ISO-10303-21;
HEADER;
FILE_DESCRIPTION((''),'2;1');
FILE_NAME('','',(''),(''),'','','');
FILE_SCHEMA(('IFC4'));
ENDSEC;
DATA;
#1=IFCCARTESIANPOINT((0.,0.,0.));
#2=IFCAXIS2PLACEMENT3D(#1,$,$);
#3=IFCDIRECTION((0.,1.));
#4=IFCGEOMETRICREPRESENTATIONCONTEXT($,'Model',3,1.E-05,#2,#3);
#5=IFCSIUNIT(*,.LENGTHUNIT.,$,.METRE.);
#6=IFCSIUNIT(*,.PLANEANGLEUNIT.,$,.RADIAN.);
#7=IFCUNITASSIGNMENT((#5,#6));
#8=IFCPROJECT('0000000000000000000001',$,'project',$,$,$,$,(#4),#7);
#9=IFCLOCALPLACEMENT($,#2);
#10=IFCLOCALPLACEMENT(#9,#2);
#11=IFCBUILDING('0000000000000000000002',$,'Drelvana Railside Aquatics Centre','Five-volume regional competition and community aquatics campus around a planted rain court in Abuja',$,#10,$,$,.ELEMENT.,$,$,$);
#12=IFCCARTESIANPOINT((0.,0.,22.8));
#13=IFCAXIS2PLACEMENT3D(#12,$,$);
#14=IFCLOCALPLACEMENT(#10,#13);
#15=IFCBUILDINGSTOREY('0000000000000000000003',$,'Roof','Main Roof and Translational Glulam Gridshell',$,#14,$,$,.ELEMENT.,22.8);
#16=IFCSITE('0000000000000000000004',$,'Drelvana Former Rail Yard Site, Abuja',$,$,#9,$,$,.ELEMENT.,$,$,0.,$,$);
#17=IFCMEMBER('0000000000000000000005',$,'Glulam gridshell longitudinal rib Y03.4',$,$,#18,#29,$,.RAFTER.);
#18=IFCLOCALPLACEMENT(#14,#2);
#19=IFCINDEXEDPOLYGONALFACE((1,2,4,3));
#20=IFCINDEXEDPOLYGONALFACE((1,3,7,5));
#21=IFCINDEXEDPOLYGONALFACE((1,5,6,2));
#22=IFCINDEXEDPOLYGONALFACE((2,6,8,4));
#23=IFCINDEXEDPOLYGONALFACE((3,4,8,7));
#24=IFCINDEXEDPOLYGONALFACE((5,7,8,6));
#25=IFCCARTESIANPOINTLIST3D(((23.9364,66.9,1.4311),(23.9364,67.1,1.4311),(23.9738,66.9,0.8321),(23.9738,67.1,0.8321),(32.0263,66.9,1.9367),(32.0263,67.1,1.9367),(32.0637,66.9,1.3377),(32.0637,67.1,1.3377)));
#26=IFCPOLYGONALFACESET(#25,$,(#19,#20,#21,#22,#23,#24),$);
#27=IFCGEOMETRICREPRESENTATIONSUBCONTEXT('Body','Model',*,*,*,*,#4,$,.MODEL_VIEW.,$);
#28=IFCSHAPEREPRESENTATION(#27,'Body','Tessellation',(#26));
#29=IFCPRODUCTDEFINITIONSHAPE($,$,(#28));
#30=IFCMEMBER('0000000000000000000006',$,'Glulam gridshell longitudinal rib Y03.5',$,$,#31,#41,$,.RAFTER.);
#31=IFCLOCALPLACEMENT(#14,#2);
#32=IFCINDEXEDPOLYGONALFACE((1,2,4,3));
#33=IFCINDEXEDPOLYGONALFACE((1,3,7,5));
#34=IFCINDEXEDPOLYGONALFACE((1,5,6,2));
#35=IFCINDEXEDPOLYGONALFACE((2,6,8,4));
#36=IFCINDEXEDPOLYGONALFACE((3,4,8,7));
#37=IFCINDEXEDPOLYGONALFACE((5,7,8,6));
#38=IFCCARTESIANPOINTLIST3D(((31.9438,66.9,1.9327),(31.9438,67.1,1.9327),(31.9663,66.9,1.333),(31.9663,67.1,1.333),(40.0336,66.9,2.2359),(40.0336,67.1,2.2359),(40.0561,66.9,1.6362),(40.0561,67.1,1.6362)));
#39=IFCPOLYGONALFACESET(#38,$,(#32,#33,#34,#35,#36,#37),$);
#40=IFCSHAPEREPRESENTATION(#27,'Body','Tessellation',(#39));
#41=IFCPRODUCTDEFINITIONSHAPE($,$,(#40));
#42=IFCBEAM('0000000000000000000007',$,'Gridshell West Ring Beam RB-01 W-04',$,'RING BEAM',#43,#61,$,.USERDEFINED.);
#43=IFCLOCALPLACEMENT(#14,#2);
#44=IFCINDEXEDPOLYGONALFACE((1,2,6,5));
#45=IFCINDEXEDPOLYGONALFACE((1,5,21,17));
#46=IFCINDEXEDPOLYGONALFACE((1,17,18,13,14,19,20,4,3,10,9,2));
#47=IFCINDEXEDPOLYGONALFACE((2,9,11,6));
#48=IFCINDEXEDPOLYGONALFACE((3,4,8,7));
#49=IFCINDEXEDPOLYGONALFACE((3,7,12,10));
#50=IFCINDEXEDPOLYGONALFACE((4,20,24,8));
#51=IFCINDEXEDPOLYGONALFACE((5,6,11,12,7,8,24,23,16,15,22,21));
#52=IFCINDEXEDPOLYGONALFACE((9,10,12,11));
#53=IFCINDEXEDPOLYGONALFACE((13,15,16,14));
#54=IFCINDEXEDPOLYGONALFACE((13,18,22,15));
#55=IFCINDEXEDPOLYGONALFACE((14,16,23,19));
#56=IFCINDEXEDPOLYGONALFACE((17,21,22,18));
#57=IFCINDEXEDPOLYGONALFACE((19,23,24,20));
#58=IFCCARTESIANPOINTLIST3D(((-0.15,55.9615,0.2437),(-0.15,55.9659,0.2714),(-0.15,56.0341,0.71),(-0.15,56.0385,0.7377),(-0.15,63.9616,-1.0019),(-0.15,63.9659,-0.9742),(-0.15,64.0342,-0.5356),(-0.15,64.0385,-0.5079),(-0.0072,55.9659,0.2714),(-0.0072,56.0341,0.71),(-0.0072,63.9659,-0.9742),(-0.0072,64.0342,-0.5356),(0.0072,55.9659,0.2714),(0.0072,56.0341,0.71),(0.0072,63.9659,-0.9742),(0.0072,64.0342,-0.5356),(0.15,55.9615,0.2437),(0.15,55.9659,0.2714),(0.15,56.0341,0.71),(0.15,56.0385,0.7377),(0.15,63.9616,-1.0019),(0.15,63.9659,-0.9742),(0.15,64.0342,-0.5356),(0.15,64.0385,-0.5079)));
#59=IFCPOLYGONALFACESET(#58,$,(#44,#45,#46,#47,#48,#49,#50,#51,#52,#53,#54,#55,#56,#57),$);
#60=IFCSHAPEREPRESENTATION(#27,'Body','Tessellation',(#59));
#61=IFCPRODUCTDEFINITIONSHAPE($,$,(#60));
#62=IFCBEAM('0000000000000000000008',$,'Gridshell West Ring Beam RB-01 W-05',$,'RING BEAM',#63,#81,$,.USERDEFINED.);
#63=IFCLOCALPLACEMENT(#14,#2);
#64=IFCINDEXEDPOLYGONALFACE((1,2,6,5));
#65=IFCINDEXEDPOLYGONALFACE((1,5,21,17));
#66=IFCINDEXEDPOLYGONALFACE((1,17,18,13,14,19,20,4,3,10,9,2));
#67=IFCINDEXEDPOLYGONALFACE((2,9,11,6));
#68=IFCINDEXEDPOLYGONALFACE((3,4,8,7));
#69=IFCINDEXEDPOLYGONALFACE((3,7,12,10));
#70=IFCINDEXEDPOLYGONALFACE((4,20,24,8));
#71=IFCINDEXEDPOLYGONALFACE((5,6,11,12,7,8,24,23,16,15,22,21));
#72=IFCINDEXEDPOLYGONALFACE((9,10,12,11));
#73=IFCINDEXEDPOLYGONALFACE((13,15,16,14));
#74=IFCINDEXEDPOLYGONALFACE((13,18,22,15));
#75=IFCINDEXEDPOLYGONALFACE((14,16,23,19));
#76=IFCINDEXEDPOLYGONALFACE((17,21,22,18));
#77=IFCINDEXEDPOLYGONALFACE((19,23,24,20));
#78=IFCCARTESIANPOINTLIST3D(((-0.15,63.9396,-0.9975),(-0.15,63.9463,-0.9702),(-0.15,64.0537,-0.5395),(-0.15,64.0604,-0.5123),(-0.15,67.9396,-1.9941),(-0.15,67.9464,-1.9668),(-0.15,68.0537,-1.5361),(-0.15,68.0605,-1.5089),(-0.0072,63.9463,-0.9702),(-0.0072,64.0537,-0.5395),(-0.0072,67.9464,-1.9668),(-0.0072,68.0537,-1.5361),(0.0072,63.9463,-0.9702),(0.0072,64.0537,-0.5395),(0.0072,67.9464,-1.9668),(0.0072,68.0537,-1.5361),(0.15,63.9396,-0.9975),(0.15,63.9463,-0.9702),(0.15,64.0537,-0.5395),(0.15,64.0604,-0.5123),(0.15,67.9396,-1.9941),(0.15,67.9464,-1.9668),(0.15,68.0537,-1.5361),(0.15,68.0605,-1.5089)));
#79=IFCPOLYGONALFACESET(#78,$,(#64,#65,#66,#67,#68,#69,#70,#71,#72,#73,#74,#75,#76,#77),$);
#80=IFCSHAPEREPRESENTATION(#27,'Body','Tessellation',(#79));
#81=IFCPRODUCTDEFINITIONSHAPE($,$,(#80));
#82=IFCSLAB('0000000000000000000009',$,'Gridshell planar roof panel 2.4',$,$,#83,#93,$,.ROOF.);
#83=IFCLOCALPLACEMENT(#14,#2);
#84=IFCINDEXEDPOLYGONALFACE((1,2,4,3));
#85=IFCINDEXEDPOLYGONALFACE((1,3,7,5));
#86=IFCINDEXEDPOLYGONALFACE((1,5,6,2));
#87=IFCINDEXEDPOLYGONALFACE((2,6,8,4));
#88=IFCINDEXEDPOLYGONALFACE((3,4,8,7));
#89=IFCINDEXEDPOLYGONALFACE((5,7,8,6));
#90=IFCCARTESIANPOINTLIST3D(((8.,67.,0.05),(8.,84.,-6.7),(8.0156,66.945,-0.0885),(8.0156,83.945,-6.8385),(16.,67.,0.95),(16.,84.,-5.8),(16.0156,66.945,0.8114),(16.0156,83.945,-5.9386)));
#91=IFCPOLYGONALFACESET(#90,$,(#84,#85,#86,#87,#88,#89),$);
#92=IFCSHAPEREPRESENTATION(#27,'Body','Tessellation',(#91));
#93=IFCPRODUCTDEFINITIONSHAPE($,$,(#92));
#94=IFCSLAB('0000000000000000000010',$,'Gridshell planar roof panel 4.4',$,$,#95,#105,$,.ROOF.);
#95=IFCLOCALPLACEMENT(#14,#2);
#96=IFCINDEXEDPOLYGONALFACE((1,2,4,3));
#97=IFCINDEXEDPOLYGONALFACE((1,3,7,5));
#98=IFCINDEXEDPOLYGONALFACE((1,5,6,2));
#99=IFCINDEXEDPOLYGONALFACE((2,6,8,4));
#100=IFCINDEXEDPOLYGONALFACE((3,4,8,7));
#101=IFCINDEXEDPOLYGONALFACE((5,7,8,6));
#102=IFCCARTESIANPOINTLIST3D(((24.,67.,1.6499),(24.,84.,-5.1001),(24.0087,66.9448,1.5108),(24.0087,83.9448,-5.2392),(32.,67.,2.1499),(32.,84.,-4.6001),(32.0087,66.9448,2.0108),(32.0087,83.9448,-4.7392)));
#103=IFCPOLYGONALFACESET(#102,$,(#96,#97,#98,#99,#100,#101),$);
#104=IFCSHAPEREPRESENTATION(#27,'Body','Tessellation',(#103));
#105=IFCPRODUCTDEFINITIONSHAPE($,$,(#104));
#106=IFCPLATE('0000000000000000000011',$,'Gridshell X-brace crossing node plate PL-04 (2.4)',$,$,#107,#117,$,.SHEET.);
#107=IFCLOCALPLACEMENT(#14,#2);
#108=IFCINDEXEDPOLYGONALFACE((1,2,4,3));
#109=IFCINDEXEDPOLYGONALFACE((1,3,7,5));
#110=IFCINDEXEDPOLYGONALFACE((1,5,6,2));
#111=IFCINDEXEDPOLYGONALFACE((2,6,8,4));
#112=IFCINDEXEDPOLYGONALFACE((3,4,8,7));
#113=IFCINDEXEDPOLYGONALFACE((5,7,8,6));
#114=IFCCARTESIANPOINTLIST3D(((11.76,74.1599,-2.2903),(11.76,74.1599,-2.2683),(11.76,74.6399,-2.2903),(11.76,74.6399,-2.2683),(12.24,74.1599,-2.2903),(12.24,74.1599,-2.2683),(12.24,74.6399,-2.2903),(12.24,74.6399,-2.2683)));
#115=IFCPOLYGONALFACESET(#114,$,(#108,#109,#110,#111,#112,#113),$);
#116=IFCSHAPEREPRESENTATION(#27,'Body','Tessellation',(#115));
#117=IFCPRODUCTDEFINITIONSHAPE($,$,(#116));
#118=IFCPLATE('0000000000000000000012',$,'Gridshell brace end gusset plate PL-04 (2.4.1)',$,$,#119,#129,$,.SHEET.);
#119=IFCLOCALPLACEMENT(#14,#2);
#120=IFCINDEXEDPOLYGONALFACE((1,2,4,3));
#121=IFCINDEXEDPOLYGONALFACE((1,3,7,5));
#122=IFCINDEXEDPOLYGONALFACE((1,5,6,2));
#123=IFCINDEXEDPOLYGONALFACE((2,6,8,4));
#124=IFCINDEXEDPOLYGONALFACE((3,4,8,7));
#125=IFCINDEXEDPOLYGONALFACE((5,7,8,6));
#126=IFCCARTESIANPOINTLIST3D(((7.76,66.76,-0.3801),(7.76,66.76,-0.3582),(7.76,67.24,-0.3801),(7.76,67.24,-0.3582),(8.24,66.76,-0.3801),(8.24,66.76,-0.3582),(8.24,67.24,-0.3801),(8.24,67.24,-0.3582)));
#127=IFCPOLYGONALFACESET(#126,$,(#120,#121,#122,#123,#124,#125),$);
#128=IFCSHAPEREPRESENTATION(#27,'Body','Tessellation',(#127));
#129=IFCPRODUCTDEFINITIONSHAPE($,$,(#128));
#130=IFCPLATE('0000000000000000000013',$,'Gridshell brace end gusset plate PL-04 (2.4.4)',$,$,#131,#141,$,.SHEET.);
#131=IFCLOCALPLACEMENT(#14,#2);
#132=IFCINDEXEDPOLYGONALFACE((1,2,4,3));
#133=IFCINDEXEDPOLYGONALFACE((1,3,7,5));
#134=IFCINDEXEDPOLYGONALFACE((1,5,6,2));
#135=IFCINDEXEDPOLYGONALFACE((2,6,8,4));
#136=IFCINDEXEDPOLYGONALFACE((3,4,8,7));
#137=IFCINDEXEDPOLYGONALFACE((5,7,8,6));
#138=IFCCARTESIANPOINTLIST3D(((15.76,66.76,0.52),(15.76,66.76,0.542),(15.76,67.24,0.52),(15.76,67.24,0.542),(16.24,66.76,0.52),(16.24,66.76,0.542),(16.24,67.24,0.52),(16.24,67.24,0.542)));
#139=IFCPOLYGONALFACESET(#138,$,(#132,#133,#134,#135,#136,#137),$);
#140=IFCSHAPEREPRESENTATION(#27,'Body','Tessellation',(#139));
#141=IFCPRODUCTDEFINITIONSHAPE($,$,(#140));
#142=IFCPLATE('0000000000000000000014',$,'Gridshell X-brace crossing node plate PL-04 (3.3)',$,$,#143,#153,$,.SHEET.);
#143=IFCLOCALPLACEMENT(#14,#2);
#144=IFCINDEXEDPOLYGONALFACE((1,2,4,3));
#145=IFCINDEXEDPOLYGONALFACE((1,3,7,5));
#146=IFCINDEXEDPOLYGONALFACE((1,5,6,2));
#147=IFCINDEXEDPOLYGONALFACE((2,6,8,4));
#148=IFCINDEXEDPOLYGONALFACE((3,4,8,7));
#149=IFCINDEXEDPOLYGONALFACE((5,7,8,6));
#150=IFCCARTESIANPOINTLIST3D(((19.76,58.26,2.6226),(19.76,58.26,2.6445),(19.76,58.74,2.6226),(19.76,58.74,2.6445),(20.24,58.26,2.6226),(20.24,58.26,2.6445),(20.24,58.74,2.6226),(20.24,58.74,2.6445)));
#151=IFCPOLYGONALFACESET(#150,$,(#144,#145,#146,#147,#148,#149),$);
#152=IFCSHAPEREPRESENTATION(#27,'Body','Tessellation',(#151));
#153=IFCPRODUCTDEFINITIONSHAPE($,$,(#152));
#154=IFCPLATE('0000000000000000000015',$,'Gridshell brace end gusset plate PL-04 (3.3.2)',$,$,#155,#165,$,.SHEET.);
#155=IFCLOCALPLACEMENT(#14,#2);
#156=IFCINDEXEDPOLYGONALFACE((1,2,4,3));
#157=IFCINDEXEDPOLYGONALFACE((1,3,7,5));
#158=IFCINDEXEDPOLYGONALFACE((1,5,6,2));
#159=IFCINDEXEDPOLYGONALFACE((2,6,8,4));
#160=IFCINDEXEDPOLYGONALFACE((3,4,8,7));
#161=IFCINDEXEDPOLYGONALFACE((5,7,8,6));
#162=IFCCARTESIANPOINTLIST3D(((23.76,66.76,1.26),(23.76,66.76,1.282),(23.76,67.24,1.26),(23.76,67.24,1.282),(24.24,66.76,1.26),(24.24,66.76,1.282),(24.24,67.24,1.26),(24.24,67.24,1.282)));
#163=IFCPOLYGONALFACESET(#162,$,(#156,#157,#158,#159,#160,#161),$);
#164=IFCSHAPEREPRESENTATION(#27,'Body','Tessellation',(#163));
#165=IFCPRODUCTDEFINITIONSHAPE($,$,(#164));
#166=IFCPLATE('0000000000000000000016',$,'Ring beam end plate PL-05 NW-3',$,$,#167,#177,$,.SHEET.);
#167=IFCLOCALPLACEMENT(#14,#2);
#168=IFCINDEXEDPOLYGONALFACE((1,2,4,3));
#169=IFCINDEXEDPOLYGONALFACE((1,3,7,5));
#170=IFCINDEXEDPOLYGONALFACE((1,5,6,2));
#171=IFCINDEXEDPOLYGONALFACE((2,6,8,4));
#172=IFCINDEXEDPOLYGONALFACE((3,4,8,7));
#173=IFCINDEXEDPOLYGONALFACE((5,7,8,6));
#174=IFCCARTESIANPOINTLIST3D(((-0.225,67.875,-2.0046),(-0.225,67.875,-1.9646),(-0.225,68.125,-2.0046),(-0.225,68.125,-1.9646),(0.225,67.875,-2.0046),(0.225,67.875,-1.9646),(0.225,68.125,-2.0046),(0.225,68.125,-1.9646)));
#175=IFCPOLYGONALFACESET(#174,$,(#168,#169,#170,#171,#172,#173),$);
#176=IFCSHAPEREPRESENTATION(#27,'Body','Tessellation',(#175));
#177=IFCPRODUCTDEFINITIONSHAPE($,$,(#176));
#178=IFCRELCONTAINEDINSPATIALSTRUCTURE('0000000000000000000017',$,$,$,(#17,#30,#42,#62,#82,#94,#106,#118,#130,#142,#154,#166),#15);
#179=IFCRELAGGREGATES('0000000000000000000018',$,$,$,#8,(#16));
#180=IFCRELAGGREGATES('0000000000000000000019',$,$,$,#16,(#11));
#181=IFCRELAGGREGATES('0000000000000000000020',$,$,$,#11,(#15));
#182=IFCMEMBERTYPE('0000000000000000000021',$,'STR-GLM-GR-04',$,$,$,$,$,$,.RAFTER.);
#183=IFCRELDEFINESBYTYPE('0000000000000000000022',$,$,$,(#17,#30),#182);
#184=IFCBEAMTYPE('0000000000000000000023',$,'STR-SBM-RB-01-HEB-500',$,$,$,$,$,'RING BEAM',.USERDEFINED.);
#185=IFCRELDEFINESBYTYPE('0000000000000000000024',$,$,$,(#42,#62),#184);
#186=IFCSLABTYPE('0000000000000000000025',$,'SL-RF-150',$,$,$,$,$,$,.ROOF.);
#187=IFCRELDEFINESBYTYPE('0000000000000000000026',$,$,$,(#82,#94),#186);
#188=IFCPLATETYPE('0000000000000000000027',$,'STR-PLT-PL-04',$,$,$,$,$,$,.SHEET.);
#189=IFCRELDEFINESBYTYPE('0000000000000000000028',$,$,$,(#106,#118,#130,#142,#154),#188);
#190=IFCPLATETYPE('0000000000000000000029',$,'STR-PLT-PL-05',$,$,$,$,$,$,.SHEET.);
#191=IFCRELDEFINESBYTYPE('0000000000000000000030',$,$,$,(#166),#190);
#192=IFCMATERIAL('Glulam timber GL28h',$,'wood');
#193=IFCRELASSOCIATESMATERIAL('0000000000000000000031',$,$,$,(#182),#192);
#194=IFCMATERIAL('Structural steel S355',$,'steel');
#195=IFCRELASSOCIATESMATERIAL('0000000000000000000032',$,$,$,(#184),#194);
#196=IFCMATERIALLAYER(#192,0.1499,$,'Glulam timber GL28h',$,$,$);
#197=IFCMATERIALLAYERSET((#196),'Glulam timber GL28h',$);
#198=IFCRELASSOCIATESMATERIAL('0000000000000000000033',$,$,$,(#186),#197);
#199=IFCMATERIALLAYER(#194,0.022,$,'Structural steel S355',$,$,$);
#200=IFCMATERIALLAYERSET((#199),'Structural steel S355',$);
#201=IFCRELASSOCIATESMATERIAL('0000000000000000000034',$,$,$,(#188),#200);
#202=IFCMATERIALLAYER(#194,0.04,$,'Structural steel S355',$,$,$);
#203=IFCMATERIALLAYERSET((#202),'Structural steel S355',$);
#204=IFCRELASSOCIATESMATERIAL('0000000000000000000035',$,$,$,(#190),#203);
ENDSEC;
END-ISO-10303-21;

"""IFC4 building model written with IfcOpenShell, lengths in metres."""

from ifc_helpers import new_model, si_unit, direction, frame, origin, origin_2d, place, context, subcontext, project, spatial, polyline, rectangle, i_section, outline, extrude, material, layer, layer_set, material_profile, profile_set, type_object, element, save


model = new_model("IFC4")

# Units and contexts
model_context = context("Model", 3, precision=1e-05, world=origin(), true_north=direction((0.0, 1.0)))
body_context = subcontext(model_context, "Body", "Model", "MODEL_VIEW")
ifc_project = project(units=[si_unit("LENGTHUNIT", "METRE"), si_unit("PLANEANGLEUNIT", "RADIAN")], contexts=[model_context])

# Site, building, storey
site_placement = place(None, origin())
site = spatial("IfcSite", under=ifc_project, at=site_placement, Name="Drelvana Former Rail Yard Site, Abuja", CompositionType="ELEMENT", RefElevation=0.0)
building_placement = place(site_placement, origin())
building = spatial("IfcBuilding", under=site, at=building_placement, Name="Drelvana Railside Aquatics Centre", Description="Five-volume regional competition and community aquatics campus around a planted rain court in Abuja", CompositionType="ELEMENT")
storey_placement = place(building_placement, frame((0.0, 0.0, 22.8)))
storey = spatial("IfcBuildingStorey", under=building, at=storey_placement, Name="Roof", Description="Main Roof and Translational Glulam Gridshell", CompositionType="ELEMENT", Elevation=22.8)

# Shared definitions
ifc_material_1 = material(Name="Glulam timber GL28h", Category="wood")

# Members
ifc_material_profile_1 = material_profile(ifc_material_1, rectangle(XDim=0.2, YDim=0.6001, at=origin_2d()), Name="GL28h 200x600")
ifc_profile_set_1 = profile_set([ifc_material_profile_1], Name="Glulam timber GL28h")
member_type_1 = type_object("IfcMemberType", Name="STR-GLM-GR-04", PredefinedType="RAFTER", material=ifc_profile_set_1)
member_1_placement = place(storey_placement, frame((23.9551, 67.0, 1.1316), z_axis=(0.998053, 0.0, 0.062378), x_axis=(0.0, 1.0, 0.0)))
element("IfcMember", 1, at=member_1_placement, inside=storey, type_object=member_type_1, Name="Glulam gridshell longitudinal rib Y03.4", PredefinedType="RAFTER", context=body_context, shape_type="SweptSolid", body=[
    extrude(rectangle(XDim=0.2, YDim=0.6001, at=origin_2d()), origin(), (0.0, 0.0, 1.0), 8.1057),
])
member_2_placement = place(storey_placement, frame((31.9551, 67.0, 1.6328), z_axis=(0.999298, 0.0, 0.037456), x_axis=(0.0, 1.0, 0.0)))
element("IfcMember", 2, at=member_2_placement, inside=storey, type_object=member_type_1, Name="Glulam gridshell longitudinal rib Y03.5", PredefinedType="RAFTER", context=body_context, shape_type="SweptSolid", body=[
    extrude(rectangle(XDim=0.2, YDim=0.6001, at=origin_2d()), origin(), (0.0, 0.0, 1.0), 8.0955),
])

# Beams
ifc_material_2 = material(Name="Structural steel S355", Category="steel")
ifc_material_profile_2 = material_profile(ifc_material_2, i_section(OverallWidth=0.3, OverallDepth=0.5, WebThickness=0.0144, FlangeThickness=0.0281, at=origin_2d()), Name="HEB 500")
ifc_profile_set_2 = profile_set([ifc_material_profile_2], Name="Structural steel S355")
beam_type_1 = type_object("IfcBeamType", Name="STR-SBM-RB-01-HEB-500", ElementType="RING BEAM", PredefinedType="USERDEFINED", material=ifc_profile_set_2)
beam_1_placement = place(storey_placement, frame((0.0, 56.0, 0.4907), z_axis=(0.0, 0.988095, -0.153847), x_axis=(-1.0, 0.0, 0.0)))
element("IfcBeam", 3, at=beam_1_placement, inside=storey, type_object=beam_type_1, Name="Gridshell West Ring Beam RB-01 W-04", ObjectType="RING BEAM", PredefinedType="USERDEFINED", context=body_context, shape_type="SweptSolid", body=[
    extrude(i_section(OverallWidth=0.3, OverallDepth=0.5, WebThickness=0.0144, FlangeThickness=0.0281, at=origin_2d()), origin(), (0.0, 0.0, 1.0), 8.0964),
])
beam_2_placement = place(storey_placement, frame((0.0, 64.0, -0.7549), z_axis=(0.0, 0.970337, -0.241755), x_axis=(-1.0, 0.0, 0.0)))
element("IfcBeam", 4, at=beam_2_placement, inside=storey, type_object=beam_type_1, Name="Gridshell West Ring Beam RB-01 W-05", ObjectType="RING BEAM", PredefinedType="USERDEFINED", context=body_context, shape_type="SweptSolid", body=[
    extrude(i_section(OverallWidth=0.3, OverallDepth=0.5, WebThickness=0.0144, FlangeThickness=0.0281, at=origin_2d()), origin(), (0.0, 0.0, 1.0), 4.1223),
])

# Slab
ifc_layer_1 = layer(ifc_material_1, 0.1499, Name="Glulam timber GL28h")
ifc_layer_set_1 = layer_set([ifc_layer_1], Name="Glulam timber GL28h")
slab_type = type_object("IfcSlabType", Name="SL-RF-150", PredefinedType="ROOF", material=ifc_layer_set_1)
slab_1_placement = place(storey_placement, frame((8.0, 67.0, 0.05), z_axis=(-0.103981, 0.367033, 0.924378), x_axis=(0.993733, 0.0, 0.111783)))
element("IfcSlab", 5, at=slab_1_placement, inside=storey, type_object=slab_type, Name="Gridshell planar roof panel 2.4", PredefinedType="ROOF", context=body_context, shape_type="SweptSolid", body=[
    extrude(outline(polyline([(0.0, 0.0), (8.0505, 0.0), (7.2959, 18.2755), (-0.7545, 18.2755), (0.0, 0.0)])), origin(), (0.0, 0.0, -1.0), 0.1499),
])

# Slab
slab_2_placement = place(storey_placement, frame((24.0, 67.0, 1.6499), z_axis=(-0.057991, 0.368412, 0.927852), x_axis=(0.998053, 0.0, 0.062378)))
element("IfcSlab", 6, at=slab_2_placement, inside=storey, type_object=slab_type, Name="Gridshell planar roof panel 4.4", PredefinedType="ROOF", context=body_context, shape_type="SweptSolid", body=[
    extrude(outline(polyline([(0.0, 0.0), (8.0156, 0.0), (7.5946, 18.2862), (-0.4211, 18.2862), (0.0, 0.0)])), origin(), (0.0, 0.0, -1.0), 0.1499),
])

# Plates
ifc_layer_2 = layer(ifc_material_2, 0.022, Name="Structural steel S355")
ifc_layer_set_2 = layer_set([ifc_layer_2], Name="Structural steel S355")
plate_type_1 = type_object("IfcPlateType", Name="STR-PLT-PL-04", PredefinedType="SHEET", material=ifc_layer_set_2)
for number, where, z_axis, x_axis, name in (
    (7, (12.0, 74.3999, -2.2903), (0.0, 0.0, 1.0), (1.0, 0.0, 0.0), "Gridshell X-brace crossing node plate PL-04 (2.4)"),
    (8, (8.0, 67.0, -0.3801), (0.0, 0.0, 1.0), (1.0, 0.0, 0.0), "Gridshell brace end gusset plate PL-04 (2.4.1)"),
    (9, (16.0, 67.0, 0.52), (0.0, 0.0, 1.0), (1.0, 0.0, 0.0), "Gridshell brace end gusset plate PL-04 (2.4.4)"),
    (10, (20.0, 58.5, 2.6226), (0.0, 0.0, 1.0), (1.0, 0.0, 0.0), "Gridshell X-brace crossing node plate PL-04 (3.3)"),
    (11, (24.0, 67.0, 1.26), (0.0, 0.0, 1.0), (1.0, 0.0, 0.0), "Gridshell brace end gusset plate PL-04 (3.3.2)"),
):
    element("IfcPlate", number, at=place(storey_placement, frame(where, z_axis=z_axis, x_axis=x_axis)), inside=storey, type_object=plate_type_1, Name=name, PredefinedType="SHEET", context=body_context, shape_type="SweptSolid", body=[
        extrude(rectangle(XDim=0.48, YDim=0.48, at=origin_2d()), origin(), (0.0, 0.0, 1.0), 0.022),
    ])
ifc_layer_3 = layer(ifc_material_2, 0.04, Name="Structural steel S355")
ifc_layer_set_3 = layer_set([ifc_layer_3], Name="Structural steel S355")
plate_type_2 = type_object("IfcPlateType", Name="STR-PLT-PL-05", PredefinedType="SHEET", material=ifc_layer_set_3)
plate_placement = place(storey_placement, frame((0.0, 68.0, -2.0046), z_axis=(0.0, 0.0, 1.0), x_axis=(1.0, 0.0, 0.0)))
element("IfcPlate", 12, at=plate_placement, inside=storey, type_object=plate_type_2, Name="Ring beam end plate PL-05 NW-3", PredefinedType="SHEET", context=body_context, shape_type="SweptSolid", body=[
    extrude(rectangle(XDim=0.45, YDim=0.25, at=origin_2d()), origin(), (0.0, 0.0, 1.0), 0.04),
])

save(model, "model.ifc")
